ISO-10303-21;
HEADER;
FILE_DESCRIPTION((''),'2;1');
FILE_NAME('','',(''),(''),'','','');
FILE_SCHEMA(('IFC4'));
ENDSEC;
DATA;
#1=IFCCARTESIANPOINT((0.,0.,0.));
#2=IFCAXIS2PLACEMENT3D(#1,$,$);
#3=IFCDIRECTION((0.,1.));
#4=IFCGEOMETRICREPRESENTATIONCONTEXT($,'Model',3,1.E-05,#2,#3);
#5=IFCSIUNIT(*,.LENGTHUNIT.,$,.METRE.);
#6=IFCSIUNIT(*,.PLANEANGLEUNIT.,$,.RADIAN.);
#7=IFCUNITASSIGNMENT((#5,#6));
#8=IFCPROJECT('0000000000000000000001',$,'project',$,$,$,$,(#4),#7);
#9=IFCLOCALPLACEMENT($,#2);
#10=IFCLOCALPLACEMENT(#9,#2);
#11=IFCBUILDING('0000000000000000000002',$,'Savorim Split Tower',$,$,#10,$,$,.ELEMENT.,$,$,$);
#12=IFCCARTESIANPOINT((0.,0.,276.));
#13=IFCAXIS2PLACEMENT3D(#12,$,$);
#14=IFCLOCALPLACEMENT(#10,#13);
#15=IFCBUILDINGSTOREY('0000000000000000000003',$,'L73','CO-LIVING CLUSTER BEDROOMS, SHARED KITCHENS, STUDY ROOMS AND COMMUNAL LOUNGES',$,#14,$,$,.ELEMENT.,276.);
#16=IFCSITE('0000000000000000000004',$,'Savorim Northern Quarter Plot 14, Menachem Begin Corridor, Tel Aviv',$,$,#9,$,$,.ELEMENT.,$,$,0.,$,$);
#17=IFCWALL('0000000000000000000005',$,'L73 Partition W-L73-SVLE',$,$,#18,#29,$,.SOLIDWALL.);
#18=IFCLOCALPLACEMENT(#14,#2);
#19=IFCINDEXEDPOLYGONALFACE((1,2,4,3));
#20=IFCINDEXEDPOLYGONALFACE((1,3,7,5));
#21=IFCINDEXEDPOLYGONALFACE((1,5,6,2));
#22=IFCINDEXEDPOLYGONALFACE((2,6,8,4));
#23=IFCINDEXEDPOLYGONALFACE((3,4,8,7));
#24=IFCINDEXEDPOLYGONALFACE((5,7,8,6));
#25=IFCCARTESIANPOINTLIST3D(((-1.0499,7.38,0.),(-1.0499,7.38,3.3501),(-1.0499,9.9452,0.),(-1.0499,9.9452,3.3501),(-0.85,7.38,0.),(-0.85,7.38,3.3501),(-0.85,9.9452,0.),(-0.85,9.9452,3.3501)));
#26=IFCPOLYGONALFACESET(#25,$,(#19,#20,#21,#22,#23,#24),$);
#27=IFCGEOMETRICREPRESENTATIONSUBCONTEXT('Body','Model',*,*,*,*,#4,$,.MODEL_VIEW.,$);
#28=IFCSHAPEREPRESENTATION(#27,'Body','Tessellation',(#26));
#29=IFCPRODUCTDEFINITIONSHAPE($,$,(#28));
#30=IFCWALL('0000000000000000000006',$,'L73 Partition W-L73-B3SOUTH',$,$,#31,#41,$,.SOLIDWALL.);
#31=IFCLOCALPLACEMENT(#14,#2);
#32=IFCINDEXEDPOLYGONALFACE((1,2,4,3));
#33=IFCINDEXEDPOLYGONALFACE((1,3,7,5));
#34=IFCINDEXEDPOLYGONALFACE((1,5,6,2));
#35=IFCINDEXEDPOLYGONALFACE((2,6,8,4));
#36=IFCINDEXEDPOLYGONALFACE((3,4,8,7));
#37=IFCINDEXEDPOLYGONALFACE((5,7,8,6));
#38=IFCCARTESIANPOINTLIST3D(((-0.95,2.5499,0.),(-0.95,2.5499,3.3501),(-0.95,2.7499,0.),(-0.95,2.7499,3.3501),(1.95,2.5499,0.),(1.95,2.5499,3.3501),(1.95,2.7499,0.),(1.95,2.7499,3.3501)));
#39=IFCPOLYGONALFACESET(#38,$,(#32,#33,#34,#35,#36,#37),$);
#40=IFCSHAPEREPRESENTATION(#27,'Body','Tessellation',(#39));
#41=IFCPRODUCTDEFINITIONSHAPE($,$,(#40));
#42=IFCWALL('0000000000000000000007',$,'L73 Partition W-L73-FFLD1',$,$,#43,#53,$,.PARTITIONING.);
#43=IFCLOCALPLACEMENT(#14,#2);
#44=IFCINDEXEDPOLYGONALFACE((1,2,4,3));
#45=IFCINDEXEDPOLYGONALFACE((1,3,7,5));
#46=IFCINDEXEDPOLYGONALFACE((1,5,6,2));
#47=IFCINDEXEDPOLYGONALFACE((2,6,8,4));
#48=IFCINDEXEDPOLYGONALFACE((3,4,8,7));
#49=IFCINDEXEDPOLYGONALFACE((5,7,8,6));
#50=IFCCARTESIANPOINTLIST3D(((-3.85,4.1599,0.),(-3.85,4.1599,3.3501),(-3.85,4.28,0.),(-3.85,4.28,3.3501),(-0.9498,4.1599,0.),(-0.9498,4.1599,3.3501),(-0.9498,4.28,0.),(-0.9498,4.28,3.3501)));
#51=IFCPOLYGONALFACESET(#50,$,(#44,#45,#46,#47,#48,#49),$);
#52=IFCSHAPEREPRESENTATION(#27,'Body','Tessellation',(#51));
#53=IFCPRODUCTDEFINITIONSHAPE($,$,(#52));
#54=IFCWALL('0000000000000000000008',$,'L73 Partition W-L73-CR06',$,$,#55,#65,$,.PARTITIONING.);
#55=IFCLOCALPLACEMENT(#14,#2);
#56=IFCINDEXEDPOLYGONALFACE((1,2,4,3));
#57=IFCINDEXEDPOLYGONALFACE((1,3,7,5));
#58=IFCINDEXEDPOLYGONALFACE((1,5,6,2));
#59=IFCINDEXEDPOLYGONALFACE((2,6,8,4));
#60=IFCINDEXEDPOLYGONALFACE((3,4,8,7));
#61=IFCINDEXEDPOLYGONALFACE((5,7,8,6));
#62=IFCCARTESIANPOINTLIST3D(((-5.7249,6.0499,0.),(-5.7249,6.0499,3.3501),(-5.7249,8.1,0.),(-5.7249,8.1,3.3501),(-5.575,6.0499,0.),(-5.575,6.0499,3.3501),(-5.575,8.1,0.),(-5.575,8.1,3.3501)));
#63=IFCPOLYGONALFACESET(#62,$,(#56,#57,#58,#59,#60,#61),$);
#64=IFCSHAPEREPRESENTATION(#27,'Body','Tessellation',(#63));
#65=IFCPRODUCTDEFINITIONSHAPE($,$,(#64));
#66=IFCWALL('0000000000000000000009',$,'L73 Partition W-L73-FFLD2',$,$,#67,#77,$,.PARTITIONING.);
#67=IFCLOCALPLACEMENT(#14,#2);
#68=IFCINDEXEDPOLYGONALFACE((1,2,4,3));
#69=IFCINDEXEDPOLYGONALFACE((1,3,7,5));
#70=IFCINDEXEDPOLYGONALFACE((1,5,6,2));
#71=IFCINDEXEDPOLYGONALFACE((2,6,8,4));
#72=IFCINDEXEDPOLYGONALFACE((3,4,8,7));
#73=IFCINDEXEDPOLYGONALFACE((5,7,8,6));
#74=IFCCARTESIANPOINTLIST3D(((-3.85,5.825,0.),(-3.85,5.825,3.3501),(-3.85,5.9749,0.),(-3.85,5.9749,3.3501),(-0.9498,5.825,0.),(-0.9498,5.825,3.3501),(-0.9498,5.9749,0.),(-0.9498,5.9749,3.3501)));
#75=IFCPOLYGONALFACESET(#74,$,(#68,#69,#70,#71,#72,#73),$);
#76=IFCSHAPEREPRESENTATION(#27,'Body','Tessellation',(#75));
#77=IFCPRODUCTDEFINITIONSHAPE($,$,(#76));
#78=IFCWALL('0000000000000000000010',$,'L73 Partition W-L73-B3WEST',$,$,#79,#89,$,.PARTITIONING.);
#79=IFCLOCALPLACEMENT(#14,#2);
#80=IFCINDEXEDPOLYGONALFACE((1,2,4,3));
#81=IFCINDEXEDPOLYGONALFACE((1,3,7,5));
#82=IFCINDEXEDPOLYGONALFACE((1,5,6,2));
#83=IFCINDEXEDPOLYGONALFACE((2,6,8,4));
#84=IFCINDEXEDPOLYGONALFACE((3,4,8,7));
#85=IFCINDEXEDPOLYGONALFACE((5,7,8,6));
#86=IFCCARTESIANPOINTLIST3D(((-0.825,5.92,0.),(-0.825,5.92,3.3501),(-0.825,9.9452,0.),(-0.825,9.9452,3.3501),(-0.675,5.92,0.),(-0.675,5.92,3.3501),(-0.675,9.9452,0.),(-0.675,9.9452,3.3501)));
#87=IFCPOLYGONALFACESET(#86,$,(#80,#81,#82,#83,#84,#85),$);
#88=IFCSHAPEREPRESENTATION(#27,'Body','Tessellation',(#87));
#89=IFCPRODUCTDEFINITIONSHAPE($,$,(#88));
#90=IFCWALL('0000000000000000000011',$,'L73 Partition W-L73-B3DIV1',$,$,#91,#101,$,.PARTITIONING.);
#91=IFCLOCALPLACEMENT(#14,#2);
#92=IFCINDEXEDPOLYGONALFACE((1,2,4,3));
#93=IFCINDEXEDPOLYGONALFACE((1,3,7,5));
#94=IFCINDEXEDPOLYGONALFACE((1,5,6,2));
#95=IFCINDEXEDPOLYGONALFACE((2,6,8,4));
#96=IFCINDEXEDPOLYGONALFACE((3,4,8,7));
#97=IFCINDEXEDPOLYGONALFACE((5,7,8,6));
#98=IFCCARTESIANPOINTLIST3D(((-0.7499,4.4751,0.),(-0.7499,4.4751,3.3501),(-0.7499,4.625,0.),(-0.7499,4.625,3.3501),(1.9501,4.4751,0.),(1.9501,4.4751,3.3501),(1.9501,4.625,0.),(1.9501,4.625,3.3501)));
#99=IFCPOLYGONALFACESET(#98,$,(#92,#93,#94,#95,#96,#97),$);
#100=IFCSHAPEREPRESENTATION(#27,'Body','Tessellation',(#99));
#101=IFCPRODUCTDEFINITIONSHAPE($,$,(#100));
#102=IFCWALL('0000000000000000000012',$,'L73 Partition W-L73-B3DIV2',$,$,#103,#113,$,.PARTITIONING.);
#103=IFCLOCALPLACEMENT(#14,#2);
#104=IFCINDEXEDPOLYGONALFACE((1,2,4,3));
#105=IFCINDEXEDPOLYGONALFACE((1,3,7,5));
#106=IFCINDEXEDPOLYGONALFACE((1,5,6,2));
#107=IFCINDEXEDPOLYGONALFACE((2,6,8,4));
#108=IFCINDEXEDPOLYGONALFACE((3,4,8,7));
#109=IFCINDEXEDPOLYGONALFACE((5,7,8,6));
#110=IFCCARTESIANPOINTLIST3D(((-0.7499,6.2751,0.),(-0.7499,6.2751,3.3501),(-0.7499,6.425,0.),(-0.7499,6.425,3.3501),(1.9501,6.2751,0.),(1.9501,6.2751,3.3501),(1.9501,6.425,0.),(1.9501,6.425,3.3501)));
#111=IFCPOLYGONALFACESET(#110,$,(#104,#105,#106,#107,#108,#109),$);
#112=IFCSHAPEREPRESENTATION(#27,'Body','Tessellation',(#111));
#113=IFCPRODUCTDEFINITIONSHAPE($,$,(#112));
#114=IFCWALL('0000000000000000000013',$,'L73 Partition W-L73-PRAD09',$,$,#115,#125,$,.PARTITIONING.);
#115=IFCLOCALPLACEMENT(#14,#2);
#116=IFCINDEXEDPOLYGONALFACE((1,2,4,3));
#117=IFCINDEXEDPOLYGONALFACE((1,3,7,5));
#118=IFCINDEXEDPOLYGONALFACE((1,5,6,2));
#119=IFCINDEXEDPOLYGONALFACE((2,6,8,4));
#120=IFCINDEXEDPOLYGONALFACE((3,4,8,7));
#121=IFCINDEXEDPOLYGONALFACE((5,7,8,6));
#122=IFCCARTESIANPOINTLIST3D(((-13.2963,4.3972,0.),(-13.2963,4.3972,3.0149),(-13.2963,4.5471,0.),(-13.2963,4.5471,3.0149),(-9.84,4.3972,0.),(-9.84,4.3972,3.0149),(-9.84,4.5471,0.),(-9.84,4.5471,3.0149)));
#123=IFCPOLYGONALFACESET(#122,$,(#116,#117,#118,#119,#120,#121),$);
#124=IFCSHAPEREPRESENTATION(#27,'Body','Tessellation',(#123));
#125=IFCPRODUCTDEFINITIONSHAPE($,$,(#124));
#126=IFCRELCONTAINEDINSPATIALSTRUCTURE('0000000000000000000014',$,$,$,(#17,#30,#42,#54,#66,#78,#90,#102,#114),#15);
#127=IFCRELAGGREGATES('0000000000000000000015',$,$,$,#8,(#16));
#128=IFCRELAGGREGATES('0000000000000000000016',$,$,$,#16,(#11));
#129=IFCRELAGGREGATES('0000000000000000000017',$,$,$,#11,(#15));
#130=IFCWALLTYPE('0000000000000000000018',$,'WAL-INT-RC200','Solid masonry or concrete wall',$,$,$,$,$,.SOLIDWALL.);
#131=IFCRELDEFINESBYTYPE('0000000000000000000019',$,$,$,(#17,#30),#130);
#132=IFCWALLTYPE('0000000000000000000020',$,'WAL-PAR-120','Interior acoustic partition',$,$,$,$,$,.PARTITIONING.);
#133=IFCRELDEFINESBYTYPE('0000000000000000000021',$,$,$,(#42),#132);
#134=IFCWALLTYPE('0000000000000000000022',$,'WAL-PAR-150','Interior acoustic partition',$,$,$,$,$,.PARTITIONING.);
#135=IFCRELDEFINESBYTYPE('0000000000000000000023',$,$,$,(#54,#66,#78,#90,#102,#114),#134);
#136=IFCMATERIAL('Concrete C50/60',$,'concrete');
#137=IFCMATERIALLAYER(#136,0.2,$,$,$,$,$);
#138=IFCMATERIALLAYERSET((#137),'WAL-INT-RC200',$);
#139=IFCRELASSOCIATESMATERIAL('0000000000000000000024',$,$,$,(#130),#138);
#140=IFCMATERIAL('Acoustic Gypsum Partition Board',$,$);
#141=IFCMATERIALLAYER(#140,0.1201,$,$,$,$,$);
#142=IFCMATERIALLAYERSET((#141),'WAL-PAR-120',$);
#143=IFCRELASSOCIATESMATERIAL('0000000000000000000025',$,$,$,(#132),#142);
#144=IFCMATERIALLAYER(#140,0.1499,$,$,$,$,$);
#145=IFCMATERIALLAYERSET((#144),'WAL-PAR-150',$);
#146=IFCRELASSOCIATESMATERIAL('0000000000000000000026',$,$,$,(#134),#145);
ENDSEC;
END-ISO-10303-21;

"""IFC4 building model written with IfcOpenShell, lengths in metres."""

from ifc_helpers import new_model, si_unit, direction, frame, frame_2d, origin, place, context, subcontext, project, spatial, rectangle, extrude, material, layer, layer_set, type_object, element, save


model = new_model("IFC4")

# Units and contexts
model_context = context("Model", 3, precision=1e-05, world=origin(), true_north=direction((0.0, 1.0)))
body_context = subcontext(model_context, "Body", "Model", "MODEL_VIEW")
ifc_project = project(units=[si_unit("LENGTHUNIT", "METRE"), si_unit("PLANEANGLEUNIT", "RADIAN")], contexts=[model_context])

# Site, building, storey
site_placement = place(None, origin())
site = spatial("IfcSite", under=ifc_project, at=site_placement, Name="Savorim Northern Quarter Plot 14, Menachem Begin Corridor, Tel Aviv", CompositionType="ELEMENT", RefElevation=0.0)
building_placement = place(site_placement, origin())
building = spatial("IfcBuilding", under=site, at=building_placement, Name="Savorim Split Tower", CompositionType="ELEMENT")
storey_placement = place(building_placement, frame((0.0, 0.0, 276.0)))
storey = spatial("IfcBuildingStorey", under=building, at=storey_placement, Name="L73", Description="CO-LIVING CLUSTER BEDROOMS, SHARED KITCHENS, STUDY ROOMS AND COMMUNAL LOUNGES", CompositionType="ELEMENT", Elevation=276.0)

# Shared definitions
ifc_material_1 = material(Name="Concrete C50/60", Category="concrete")
ifc_layer_1 = layer(ifc_material_1, 0.2)
ifc_layer_set_1 = layer_set([ifc_layer_1], Name="WAL-INT-RC200")
wall_type_1 = type_object("IfcWallType", Name="WAL-INT-RC200", Description="Solid masonry or concrete wall", PredefinedType="SOLIDWALL", material=ifc_layer_set_1)

# Walls
wall_1_placement = place(storey_placement, frame((-0.95, 7.3799, 0.0), z_axis=(0.0, 0.0, 1.0), x_axis=(0.0, 1.0, 0.0)))
element("IfcWall", 1, at=wall_1_placement, inside=storey, type_object=wall_type_1, Name="L73 Partition W-L73-SVLE", PredefinedType="SOLIDWALL", context=body_context, shape_type="SweptSolid", body=[
    extrude(rectangle(XDim=2.5652, YDim=0.2, at=frame_2d((1.2827, 0.0))), origin(), (0.0, 0.0, 1.0), 3.3501),
])
wall_2_placement = place(storey_placement, frame((-0.95, 2.6499, 0.0), z_axis=(0.0, 0.0, 1.0), x_axis=(1.0, 0.0, 0.0)))
element("IfcWall", 2, at=wall_2_placement, inside=storey, type_object=wall_type_1, Name="L73 Partition W-L73-B3SOUTH", PredefinedType="SOLIDWALL", context=body_context, shape_type="SweptSolid", body=[
    extrude(rectangle(XDim=2.8999, YDim=0.2, at=frame_2d((1.45, 0.0))), origin(), (0.0, 0.0, 1.0), 3.3501),
])
ifc_material_2 = material(Name="Acoustic Gypsum Partition Board")
ifc_layer_2 = layer(ifc_material_2, 0.1201)
ifc_layer_set_2 = layer_set([ifc_layer_2], Name="WAL-PAR-120")
wall_type_2 = type_object("IfcWallType", Name="WAL-PAR-120", Description="Interior acoustic partition", PredefinedType="PARTITIONING", material=ifc_layer_set_2)
wall_3_placement = place(storey_placement, frame((-3.8501, 4.22, 0.0), z_axis=(0.0, 0.0, 1.0), x_axis=(1.0, 0.0, 0.0)))
element("IfcWall", 3, at=wall_3_placement, inside=storey, type_object=wall_type_2, Name="L73 Partition W-L73-FFLD1", PredefinedType="PARTITIONING", context=body_context, shape_type="SweptSolid", body=[
    extrude(rectangle(XDim=2.9001, YDim=0.1201, at=frame_2d((1.4502, 0.0))), origin(), (0.0, 0.0, 1.0), 3.3501),
])
ifc_layer_3 = layer(ifc_material_2, 0.1499)
ifc_layer_set_3 = layer_set([ifc_layer_3], Name="WAL-PAR-150")
wall_type_3 = type_object("IfcWallType", Name="WAL-PAR-150", Description="Interior acoustic partition", PredefinedType="PARTITIONING", material=ifc_layer_set_3)
wall_4_placement = place(storey_placement, frame((-5.6499, 6.05, 0.0), z_axis=(0.0, 0.0, 1.0), x_axis=(0.0, 1.0, 0.0)))
element("IfcWall", 4, at=wall_4_placement, inside=storey, type_object=wall_type_3, Name="L73 Partition W-L73-CR06", PredefinedType="PARTITIONING", context=body_context, shape_type="SweptSolid", body=[
    extrude(rectangle(XDim=2.05, YDim=0.1499, at=frame_2d((1.0249, 0.0))), origin(), (0.0, 0.0, 1.0), 3.3501),
])
wall_5_placement = place(storey_placement, frame((-3.8501, 5.8999, 0.0), z_axis=(0.0, 0.0, 1.0), x_axis=(1.0, 0.0, 0.0)))
element("IfcWall", 5, at=wall_5_placement, inside=storey, type_object=wall_type_3, Name="L73 Partition W-L73-FFLD2", PredefinedType="PARTITIONING", context=body_context, shape_type="SweptSolid", body=[
    extrude(rectangle(XDim=2.9001, YDim=0.1499, at=frame_2d((1.4502, 0.0))), origin(), (0.0, 0.0, 1.0), 3.3501),
])
wall_6_placement = place(storey_placement, frame((-0.75, 5.9199, 0.0), z_axis=(0.0, 0.0, 1.0), x_axis=(0.0, 1.0, 0.0)))
element("IfcWall", 6, at=wall_6_placement, inside=storey, type_object=wall_type_3, Name="L73 Partition W-L73-B3WEST", PredefinedType="PARTITIONING", context=body_context, shape_type="SweptSolid", body=[
    extrude(rectangle(XDim=4.0251, YDim=0.1499, at=frame_2d((2.0127, 0.0))), origin(), (0.0, 0.0, 1.0), 3.3501),
])
for number, where, z_axis, x_axis, name in (
    (7, (-0.75, 4.55, 0.0), (0.0, 0.0, 1.0), (1.0, 0.0, 0.0), "L73 Partition W-L73-B3DIV1"),
    (8, (-0.75, 6.3501, 0.0), (0.0, 0.0, 1.0), (1.0, 0.0, 0.0), "L73 Partition W-L73-B3DIV2"),
):
    element("IfcWall", number, at=place(storey_placement, frame(where, z_axis=z_axis, x_axis=x_axis)), inside=storey, type_object=wall_type_3, Name=name, PredefinedType="PARTITIONING", context=body_context, shape_type="SweptSolid", body=[
        extrude(rectangle(XDim=2.7, YDim=0.1499, at=frame_2d((1.3501, 0.0))), origin(), (0.0, 0.0, 1.0), 3.3501),
    ])
wall_7_placement = place(storey_placement, frame((-9.8401, 4.4722, 0.0), z_axis=(0.0, 0.0, 1.0), x_axis=(-1.0, 0.0, 0.0)))
element("IfcWall", 9, at=wall_7_placement, inside=storey, type_object=wall_type_3, Name="L73 Partition W-L73-PRAD09", PredefinedType="PARTITIONING", context=body_context, shape_type="SweptSolid", body=[
    extrude(rectangle(XDim=3.4563, YDim=0.1499, at=frame_2d((1.728, 0.0))), origin(), (0.0, 0.0, 1.0), 3.0149),
])

save(model, "model.ifc")
